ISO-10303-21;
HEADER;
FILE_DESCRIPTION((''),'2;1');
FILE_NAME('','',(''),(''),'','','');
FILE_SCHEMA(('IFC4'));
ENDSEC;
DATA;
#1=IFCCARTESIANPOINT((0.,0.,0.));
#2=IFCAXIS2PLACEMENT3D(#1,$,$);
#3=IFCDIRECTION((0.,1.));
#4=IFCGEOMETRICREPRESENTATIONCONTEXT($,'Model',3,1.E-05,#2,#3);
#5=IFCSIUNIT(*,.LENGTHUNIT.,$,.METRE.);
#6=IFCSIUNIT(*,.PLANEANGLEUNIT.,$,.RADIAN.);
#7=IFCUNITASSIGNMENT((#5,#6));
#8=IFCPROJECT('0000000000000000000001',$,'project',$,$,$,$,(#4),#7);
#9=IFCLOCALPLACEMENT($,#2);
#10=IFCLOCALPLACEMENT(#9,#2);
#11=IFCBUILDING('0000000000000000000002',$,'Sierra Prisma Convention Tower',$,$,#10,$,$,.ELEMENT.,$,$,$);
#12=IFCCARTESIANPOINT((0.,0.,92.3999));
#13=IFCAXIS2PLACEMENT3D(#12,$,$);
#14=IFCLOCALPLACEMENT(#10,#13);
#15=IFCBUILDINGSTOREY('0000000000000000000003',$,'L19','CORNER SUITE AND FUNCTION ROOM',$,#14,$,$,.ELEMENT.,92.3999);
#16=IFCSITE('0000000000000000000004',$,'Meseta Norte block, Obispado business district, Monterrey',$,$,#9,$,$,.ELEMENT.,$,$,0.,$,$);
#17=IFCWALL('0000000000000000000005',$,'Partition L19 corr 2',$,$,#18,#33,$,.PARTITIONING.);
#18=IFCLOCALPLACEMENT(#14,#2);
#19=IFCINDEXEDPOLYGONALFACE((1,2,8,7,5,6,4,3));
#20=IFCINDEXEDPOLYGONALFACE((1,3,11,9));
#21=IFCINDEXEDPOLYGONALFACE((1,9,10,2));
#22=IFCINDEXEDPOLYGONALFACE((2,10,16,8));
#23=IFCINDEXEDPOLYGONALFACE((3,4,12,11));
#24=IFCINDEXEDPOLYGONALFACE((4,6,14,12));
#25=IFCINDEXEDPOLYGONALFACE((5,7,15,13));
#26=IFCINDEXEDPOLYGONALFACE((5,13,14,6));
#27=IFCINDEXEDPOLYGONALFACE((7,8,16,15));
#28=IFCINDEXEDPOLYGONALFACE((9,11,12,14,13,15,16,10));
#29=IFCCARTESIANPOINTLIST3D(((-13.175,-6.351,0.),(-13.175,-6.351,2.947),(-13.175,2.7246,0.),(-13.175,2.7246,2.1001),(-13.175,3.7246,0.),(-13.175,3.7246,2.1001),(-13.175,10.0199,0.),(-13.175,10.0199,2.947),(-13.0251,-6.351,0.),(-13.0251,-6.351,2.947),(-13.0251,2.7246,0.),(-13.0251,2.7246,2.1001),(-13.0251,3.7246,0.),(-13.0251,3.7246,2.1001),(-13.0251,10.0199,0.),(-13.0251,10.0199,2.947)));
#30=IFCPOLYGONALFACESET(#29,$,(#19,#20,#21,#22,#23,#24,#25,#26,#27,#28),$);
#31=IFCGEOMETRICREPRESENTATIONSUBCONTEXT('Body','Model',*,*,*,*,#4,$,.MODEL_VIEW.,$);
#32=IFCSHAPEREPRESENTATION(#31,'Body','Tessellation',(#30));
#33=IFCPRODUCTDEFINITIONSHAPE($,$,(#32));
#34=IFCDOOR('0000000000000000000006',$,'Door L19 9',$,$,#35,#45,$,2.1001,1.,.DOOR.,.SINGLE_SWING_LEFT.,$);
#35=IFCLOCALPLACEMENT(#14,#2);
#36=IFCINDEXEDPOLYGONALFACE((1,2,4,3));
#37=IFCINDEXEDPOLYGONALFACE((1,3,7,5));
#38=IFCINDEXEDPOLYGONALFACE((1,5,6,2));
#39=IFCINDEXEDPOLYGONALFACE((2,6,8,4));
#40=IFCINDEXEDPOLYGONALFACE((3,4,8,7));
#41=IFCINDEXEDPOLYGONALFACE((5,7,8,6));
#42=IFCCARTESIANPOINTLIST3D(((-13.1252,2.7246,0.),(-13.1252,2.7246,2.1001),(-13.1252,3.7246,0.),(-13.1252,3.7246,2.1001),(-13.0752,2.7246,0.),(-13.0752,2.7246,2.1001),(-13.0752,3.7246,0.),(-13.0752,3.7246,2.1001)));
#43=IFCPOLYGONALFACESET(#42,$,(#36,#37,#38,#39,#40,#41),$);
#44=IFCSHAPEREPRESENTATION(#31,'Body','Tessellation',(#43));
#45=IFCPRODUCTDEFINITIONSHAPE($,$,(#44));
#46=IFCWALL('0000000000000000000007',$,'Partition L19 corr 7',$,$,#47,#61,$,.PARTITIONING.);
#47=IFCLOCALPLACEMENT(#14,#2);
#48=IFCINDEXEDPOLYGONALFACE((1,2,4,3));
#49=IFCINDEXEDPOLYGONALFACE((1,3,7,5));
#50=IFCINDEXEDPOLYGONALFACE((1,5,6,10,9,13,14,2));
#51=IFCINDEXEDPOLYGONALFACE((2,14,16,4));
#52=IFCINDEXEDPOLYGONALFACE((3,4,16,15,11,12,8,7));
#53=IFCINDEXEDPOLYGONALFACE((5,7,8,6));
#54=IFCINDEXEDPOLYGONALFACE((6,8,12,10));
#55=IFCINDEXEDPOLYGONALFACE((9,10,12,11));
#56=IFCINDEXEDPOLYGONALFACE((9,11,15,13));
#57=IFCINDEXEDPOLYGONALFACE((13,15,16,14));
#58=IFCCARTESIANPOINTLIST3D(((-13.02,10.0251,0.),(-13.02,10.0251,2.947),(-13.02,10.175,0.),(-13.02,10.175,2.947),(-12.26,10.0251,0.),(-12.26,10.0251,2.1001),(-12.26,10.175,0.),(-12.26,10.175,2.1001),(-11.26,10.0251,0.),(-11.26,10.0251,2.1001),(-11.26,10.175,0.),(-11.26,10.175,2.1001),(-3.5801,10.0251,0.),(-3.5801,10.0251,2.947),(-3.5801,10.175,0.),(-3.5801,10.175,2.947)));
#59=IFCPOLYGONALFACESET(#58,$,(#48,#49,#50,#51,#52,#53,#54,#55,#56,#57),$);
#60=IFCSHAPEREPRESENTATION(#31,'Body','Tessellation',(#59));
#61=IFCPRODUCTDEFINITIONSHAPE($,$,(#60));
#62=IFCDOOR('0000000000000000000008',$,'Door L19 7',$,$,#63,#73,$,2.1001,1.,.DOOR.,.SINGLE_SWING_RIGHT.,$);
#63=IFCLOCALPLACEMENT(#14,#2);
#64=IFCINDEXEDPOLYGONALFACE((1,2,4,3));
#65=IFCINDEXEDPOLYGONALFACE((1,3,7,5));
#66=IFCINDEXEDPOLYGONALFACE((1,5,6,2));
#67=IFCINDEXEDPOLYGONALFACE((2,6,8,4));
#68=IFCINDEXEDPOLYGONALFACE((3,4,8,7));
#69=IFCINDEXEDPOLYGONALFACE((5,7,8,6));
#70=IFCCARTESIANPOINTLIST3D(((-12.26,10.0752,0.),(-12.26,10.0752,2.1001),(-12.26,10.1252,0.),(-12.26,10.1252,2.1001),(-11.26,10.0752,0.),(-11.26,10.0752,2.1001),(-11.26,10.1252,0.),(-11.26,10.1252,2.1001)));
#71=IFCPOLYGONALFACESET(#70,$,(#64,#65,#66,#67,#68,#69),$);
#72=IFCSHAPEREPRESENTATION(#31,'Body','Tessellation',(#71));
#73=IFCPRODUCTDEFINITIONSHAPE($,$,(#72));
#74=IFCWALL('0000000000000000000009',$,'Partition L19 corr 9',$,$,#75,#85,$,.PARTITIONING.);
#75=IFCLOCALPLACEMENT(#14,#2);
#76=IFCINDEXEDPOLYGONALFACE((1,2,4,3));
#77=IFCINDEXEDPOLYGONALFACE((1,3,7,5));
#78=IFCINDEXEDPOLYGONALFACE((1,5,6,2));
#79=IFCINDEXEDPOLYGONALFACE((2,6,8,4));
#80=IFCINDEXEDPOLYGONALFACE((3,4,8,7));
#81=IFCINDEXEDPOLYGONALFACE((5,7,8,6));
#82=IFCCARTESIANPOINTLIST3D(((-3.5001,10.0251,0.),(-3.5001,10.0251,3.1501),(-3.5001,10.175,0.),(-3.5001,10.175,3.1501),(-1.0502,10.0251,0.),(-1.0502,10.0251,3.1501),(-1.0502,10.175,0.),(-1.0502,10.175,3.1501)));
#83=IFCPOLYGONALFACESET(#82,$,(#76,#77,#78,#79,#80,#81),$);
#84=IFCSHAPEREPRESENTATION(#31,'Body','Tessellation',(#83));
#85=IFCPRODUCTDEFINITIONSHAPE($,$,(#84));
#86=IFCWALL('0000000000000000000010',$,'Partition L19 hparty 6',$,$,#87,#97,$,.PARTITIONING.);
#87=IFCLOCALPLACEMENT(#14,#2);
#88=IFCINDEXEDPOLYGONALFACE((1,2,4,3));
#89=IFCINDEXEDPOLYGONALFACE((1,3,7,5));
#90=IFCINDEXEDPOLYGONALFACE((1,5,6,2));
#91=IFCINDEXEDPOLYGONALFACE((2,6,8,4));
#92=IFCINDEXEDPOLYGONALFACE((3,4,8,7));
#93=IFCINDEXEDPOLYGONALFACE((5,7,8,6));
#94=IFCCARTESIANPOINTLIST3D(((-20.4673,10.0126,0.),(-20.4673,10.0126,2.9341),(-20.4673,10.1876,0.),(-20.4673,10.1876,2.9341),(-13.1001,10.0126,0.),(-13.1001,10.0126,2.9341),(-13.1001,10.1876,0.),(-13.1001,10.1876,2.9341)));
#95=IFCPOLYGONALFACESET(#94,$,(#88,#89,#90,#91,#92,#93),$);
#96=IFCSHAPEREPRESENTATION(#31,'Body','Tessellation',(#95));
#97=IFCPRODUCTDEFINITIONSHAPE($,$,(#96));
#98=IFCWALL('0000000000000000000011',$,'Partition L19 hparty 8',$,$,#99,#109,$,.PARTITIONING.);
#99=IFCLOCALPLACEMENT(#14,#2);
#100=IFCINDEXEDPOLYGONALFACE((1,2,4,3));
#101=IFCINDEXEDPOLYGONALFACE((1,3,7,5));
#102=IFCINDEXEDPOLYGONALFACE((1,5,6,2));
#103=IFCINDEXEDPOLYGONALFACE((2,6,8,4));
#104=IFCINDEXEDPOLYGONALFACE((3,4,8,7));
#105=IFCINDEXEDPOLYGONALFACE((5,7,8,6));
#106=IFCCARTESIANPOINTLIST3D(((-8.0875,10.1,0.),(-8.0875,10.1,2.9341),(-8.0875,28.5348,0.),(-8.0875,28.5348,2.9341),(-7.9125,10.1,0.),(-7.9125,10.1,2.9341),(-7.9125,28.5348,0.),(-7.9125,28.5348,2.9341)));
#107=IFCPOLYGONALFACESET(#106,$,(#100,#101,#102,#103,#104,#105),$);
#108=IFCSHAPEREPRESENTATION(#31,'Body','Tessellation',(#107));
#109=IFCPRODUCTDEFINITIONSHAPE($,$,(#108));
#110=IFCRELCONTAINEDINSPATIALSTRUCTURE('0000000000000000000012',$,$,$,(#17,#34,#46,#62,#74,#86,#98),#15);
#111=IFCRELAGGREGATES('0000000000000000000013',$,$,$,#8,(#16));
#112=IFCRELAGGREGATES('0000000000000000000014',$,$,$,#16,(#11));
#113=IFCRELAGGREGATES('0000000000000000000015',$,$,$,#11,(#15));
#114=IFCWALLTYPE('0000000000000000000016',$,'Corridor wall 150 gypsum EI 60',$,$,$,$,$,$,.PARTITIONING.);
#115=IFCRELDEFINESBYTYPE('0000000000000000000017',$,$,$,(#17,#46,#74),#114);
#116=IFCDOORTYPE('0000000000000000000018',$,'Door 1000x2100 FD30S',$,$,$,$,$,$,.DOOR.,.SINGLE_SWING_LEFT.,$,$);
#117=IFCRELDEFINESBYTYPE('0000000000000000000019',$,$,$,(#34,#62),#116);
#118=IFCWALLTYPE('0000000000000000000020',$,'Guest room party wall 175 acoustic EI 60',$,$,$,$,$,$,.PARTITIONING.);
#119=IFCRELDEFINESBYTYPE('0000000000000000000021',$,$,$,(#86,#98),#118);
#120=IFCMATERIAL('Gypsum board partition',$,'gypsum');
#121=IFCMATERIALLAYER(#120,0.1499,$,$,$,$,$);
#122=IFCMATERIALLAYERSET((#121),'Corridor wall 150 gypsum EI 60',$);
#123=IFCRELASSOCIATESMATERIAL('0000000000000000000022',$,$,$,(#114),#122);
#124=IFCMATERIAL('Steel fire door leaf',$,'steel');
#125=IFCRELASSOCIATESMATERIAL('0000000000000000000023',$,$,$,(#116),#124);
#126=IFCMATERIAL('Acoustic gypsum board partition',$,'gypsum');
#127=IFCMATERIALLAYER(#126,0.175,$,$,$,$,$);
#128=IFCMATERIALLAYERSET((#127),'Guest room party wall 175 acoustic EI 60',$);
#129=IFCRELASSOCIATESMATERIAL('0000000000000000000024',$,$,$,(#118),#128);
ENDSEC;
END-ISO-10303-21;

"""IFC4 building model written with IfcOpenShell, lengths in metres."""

from ifc_helpers import new_model, si_unit, direction, frame, frame_2d, origin, place, context, subcontext, project, spatial, rectangle, extrude, material, layer, layer_set, type_object, element, fill, save


model = new_model("IFC4")

# Units and contexts
model_context = context("Model", 3, precision=1e-05, world=origin(), true_north=direction((0.0, 1.0)))
body_context = subcontext(model_context, "Body", "Model", "MODEL_VIEW")
ifc_project = project(units=[si_unit("LENGTHUNIT", "METRE"), si_unit("PLANEANGLEUNIT", "RADIAN")], contexts=[model_context])

# Site, building, storey
site_placement = place(None, origin())
site = spatial("IfcSite", under=ifc_project, at=site_placement, Name="Meseta Norte block, Obispado business district, Monterrey", CompositionType="ELEMENT", RefElevation=0.0)
building_placement = place(site_placement, origin())
building = spatial("IfcBuilding", under=site, at=building_placement, Name="Sierra Prisma Convention Tower", CompositionType="ELEMENT")
storey_placement = place(building_placement, frame((0.0, 0.0, 92.3999)))
storey = spatial("IfcBuildingStorey", under=building, at=storey_placement, Name="L19", Description="CORNER SUITE AND FUNCTION ROOM", CompositionType="ELEMENT", Elevation=92.3999)

# Walls, openings, doors
ifc_material_1 = material(Name="Gypsum board partition", Category="gypsum")
ifc_layer_1 = layer(ifc_material_1, 0.1499)
ifc_layer_set_1 = layer_set([ifc_layer_1], Name="Corridor wall 150 gypsum EI 60")
wall_type_1 = type_object("IfcWallType", Name="Corridor wall 150 gypsum EI 60", PredefinedType="PARTITIONING", material=ifc_layer_set_1)
wall_1_placement = place(storey_placement, frame((-13.1001, 10.02, 0.0), z_axis=(0.0, 0.0, 1.0), x_axis=(0.0, -1.0, 0.0)))
wall_1 = element("IfcWall", 1, at=wall_1_placement, inside=storey, type_object=wall_type_1, Name="Partition L19 corr 2", PredefinedType="PARTITIONING", context=body_context, shape_type="SweptSolid", body=[
    extrude(rectangle(XDim=16.3708, YDim=0.1499, at=frame_2d((8.1855, 0.0))), origin(), (0.0, 0.0, 1.0), 2.947),
])
opening_1_placement = place(wall_1_placement, frame((6.2954, 0.0, 0.0)))
opening_1 = element("IfcOpeningElement", 2, at=opening_1_placement, cuts=wall_1, PredefinedType="OPENING", context=body_context, shape_type="SweptSolid", body=[
    extrude(rectangle(XDim=1.0, YDim=2.1001, at=frame_2d((0.5, 1.05))), frame((0.0, 0.075, 0.0), z_axis=(0.0, -1.0, 0.0), x_axis=(1.0, 0.0, 0.0)), (0.0, 0.0, 1.0), 0.1499),
])
ifc_material_2 = material(Name="Steel fire door leaf", Category="steel")
door_type_1 = type_object("IfcDoorType", Name="Door 1000x2100 FD30S", OperationType="SINGLE_SWING_LEFT", PredefinedType="DOOR", material=ifc_material_2)
door_1_placement = place(opening_1_placement, origin())
door_1 = element("IfcDoor", 3, at=door_1_placement, inside=storey, type_object=door_type_1, Name="Door L19 9", OperationType="SINGLE_SWING_LEFT", OverallHeight=2.1001, OverallWidth=1.0, PredefinedType="DOOR", context=body_context, shape_type="SweptSolid", body=[
    extrude(rectangle(XDim=1.0, YDim=2.1001, at=frame_2d((0.5, 1.05))), frame((0.0, 0.0249, 0.0), z_axis=(0.0, -1.0, 0.0), x_axis=(1.0, 0.0, 0.0)), (0.0, 0.0, 1.0), 0.05),
])
fill(opening_1, door_1)
wall_2_placement = place(storey_placement, frame((-3.5801, 10.1001, 0.0), z_axis=(0.0, 0.0, 1.0), x_axis=(-1.0, 0.0, 0.0)))
wall_2 = element("IfcWall", 4, at=wall_2_placement, inside=storey, type_object=wall_type_1, Name="Partition L19 corr 7", PredefinedType="PARTITIONING", context=body_context, shape_type="SweptSolid", body=[
    extrude(rectangle(XDim=9.4399, YDim=0.1499, at=frame_2d((4.72, 0.0))), origin(), (0.0, 0.0, 1.0), 2.947),
])
opening_2_placement = place(wall_2_placement, frame((7.6799, 0.0, 0.0)))
opening_2 = element("IfcOpeningElement", 5, at=opening_2_placement, cuts=wall_2, PredefinedType="OPENING", context=body_context, shape_type="SweptSolid", body=[
    extrude(rectangle(XDim=1.0, YDim=2.1001, at=frame_2d((0.5, 1.05))), frame((0.0, 0.075, 0.0), z_axis=(0.0, -1.0, 0.0), x_axis=(1.0, 0.0, 0.0)), (0.0, 0.0, 1.0), 0.1499),
])
door_2_placement = place(opening_2_placement, origin())
door_2 = element("IfcDoor", 6, at=door_2_placement, inside=storey, type_object=door_type_1, Name="Door L19 7", OperationType="SINGLE_SWING_RIGHT", OverallHeight=2.1001, OverallWidth=1.0, PredefinedType="DOOR", context=body_context, shape_type="SweptSolid", body=[
    extrude(rectangle(XDim=1.0, YDim=2.1001, at=frame_2d((0.5, 1.05))), frame((0.0, 0.0249, 0.0), z_axis=(0.0, -1.0, 0.0), x_axis=(1.0, 0.0, 0.0)), (0.0, 0.0, 1.0), 0.05),
])
fill(opening_2, door_2)

# Walls
wall_3_placement = place(storey_placement, frame((-1.05, 10.1001, 0.0), z_axis=(0.0, 0.0, 1.0), x_axis=(-1.0, 0.0, 0.0)))
element("IfcWall", 7, at=wall_3_placement, inside=storey, type_object=wall_type_1, Name="Partition L19 corr 9", PredefinedType="PARTITIONING", context=body_context, shape_type="SweptSolid", body=[
    extrude(rectangle(XDim=2.45, YDim=0.1499, at=frame_2d((1.2251, 0.0))), origin(), (0.0, 0.0, 1.0), 3.1501),
])
ifc_material_3 = material(Name="Acoustic gypsum board partition", Category="gypsum")
ifc_layer_2 = layer(ifc_material_3, 0.175)
ifc_layer_set_2 = layer_set([ifc_layer_2], Name="Guest room party wall 175 acoustic EI 60")
wall_type_2 = type_object("IfcWallType", Name="Guest room party wall 175 acoustic EI 60", PredefinedType="PARTITIONING", material=ifc_layer_set_2)
wall_4_placement = place(storey_placement, frame((-13.1001, 10.1001, 0.0), z_axis=(0.0, 0.0, 1.0), x_axis=(-1.0, 0.0, 0.0)))
element("IfcWall", 8, at=wall_4_placement, inside=storey, type_object=wall_type_2, Name="Partition L19 hparty 6", PredefinedType="PARTITIONING", context=body_context, shape_type="SweptSolid", body=[
    extrude(rectangle(XDim=7.3672, YDim=0.175, at=frame_2d((3.6836, 0.0))), origin(), (0.0, 0.0, 1.0), 2.9341),
])
wall_5_placement = place(storey_placement, frame((-8.0, 10.1001, 0.0), z_axis=(0.0, 0.0, 1.0), x_axis=(0.0, 1.0, 0.0)))
element("IfcWall", 9, at=wall_5_placement, inside=storey, type_object=wall_type_2, Name="Partition L19 hparty 8", PredefinedType="PARTITIONING", context=body_context, shape_type="SweptSolid", body=[
    extrude(rectangle(XDim=18.4348, YDim=0.175, at=frame_2d((9.2173, 0.0))), origin(), (0.0, 0.0, 1.0), 2.9341),
])

save(model, "model.ifc")
